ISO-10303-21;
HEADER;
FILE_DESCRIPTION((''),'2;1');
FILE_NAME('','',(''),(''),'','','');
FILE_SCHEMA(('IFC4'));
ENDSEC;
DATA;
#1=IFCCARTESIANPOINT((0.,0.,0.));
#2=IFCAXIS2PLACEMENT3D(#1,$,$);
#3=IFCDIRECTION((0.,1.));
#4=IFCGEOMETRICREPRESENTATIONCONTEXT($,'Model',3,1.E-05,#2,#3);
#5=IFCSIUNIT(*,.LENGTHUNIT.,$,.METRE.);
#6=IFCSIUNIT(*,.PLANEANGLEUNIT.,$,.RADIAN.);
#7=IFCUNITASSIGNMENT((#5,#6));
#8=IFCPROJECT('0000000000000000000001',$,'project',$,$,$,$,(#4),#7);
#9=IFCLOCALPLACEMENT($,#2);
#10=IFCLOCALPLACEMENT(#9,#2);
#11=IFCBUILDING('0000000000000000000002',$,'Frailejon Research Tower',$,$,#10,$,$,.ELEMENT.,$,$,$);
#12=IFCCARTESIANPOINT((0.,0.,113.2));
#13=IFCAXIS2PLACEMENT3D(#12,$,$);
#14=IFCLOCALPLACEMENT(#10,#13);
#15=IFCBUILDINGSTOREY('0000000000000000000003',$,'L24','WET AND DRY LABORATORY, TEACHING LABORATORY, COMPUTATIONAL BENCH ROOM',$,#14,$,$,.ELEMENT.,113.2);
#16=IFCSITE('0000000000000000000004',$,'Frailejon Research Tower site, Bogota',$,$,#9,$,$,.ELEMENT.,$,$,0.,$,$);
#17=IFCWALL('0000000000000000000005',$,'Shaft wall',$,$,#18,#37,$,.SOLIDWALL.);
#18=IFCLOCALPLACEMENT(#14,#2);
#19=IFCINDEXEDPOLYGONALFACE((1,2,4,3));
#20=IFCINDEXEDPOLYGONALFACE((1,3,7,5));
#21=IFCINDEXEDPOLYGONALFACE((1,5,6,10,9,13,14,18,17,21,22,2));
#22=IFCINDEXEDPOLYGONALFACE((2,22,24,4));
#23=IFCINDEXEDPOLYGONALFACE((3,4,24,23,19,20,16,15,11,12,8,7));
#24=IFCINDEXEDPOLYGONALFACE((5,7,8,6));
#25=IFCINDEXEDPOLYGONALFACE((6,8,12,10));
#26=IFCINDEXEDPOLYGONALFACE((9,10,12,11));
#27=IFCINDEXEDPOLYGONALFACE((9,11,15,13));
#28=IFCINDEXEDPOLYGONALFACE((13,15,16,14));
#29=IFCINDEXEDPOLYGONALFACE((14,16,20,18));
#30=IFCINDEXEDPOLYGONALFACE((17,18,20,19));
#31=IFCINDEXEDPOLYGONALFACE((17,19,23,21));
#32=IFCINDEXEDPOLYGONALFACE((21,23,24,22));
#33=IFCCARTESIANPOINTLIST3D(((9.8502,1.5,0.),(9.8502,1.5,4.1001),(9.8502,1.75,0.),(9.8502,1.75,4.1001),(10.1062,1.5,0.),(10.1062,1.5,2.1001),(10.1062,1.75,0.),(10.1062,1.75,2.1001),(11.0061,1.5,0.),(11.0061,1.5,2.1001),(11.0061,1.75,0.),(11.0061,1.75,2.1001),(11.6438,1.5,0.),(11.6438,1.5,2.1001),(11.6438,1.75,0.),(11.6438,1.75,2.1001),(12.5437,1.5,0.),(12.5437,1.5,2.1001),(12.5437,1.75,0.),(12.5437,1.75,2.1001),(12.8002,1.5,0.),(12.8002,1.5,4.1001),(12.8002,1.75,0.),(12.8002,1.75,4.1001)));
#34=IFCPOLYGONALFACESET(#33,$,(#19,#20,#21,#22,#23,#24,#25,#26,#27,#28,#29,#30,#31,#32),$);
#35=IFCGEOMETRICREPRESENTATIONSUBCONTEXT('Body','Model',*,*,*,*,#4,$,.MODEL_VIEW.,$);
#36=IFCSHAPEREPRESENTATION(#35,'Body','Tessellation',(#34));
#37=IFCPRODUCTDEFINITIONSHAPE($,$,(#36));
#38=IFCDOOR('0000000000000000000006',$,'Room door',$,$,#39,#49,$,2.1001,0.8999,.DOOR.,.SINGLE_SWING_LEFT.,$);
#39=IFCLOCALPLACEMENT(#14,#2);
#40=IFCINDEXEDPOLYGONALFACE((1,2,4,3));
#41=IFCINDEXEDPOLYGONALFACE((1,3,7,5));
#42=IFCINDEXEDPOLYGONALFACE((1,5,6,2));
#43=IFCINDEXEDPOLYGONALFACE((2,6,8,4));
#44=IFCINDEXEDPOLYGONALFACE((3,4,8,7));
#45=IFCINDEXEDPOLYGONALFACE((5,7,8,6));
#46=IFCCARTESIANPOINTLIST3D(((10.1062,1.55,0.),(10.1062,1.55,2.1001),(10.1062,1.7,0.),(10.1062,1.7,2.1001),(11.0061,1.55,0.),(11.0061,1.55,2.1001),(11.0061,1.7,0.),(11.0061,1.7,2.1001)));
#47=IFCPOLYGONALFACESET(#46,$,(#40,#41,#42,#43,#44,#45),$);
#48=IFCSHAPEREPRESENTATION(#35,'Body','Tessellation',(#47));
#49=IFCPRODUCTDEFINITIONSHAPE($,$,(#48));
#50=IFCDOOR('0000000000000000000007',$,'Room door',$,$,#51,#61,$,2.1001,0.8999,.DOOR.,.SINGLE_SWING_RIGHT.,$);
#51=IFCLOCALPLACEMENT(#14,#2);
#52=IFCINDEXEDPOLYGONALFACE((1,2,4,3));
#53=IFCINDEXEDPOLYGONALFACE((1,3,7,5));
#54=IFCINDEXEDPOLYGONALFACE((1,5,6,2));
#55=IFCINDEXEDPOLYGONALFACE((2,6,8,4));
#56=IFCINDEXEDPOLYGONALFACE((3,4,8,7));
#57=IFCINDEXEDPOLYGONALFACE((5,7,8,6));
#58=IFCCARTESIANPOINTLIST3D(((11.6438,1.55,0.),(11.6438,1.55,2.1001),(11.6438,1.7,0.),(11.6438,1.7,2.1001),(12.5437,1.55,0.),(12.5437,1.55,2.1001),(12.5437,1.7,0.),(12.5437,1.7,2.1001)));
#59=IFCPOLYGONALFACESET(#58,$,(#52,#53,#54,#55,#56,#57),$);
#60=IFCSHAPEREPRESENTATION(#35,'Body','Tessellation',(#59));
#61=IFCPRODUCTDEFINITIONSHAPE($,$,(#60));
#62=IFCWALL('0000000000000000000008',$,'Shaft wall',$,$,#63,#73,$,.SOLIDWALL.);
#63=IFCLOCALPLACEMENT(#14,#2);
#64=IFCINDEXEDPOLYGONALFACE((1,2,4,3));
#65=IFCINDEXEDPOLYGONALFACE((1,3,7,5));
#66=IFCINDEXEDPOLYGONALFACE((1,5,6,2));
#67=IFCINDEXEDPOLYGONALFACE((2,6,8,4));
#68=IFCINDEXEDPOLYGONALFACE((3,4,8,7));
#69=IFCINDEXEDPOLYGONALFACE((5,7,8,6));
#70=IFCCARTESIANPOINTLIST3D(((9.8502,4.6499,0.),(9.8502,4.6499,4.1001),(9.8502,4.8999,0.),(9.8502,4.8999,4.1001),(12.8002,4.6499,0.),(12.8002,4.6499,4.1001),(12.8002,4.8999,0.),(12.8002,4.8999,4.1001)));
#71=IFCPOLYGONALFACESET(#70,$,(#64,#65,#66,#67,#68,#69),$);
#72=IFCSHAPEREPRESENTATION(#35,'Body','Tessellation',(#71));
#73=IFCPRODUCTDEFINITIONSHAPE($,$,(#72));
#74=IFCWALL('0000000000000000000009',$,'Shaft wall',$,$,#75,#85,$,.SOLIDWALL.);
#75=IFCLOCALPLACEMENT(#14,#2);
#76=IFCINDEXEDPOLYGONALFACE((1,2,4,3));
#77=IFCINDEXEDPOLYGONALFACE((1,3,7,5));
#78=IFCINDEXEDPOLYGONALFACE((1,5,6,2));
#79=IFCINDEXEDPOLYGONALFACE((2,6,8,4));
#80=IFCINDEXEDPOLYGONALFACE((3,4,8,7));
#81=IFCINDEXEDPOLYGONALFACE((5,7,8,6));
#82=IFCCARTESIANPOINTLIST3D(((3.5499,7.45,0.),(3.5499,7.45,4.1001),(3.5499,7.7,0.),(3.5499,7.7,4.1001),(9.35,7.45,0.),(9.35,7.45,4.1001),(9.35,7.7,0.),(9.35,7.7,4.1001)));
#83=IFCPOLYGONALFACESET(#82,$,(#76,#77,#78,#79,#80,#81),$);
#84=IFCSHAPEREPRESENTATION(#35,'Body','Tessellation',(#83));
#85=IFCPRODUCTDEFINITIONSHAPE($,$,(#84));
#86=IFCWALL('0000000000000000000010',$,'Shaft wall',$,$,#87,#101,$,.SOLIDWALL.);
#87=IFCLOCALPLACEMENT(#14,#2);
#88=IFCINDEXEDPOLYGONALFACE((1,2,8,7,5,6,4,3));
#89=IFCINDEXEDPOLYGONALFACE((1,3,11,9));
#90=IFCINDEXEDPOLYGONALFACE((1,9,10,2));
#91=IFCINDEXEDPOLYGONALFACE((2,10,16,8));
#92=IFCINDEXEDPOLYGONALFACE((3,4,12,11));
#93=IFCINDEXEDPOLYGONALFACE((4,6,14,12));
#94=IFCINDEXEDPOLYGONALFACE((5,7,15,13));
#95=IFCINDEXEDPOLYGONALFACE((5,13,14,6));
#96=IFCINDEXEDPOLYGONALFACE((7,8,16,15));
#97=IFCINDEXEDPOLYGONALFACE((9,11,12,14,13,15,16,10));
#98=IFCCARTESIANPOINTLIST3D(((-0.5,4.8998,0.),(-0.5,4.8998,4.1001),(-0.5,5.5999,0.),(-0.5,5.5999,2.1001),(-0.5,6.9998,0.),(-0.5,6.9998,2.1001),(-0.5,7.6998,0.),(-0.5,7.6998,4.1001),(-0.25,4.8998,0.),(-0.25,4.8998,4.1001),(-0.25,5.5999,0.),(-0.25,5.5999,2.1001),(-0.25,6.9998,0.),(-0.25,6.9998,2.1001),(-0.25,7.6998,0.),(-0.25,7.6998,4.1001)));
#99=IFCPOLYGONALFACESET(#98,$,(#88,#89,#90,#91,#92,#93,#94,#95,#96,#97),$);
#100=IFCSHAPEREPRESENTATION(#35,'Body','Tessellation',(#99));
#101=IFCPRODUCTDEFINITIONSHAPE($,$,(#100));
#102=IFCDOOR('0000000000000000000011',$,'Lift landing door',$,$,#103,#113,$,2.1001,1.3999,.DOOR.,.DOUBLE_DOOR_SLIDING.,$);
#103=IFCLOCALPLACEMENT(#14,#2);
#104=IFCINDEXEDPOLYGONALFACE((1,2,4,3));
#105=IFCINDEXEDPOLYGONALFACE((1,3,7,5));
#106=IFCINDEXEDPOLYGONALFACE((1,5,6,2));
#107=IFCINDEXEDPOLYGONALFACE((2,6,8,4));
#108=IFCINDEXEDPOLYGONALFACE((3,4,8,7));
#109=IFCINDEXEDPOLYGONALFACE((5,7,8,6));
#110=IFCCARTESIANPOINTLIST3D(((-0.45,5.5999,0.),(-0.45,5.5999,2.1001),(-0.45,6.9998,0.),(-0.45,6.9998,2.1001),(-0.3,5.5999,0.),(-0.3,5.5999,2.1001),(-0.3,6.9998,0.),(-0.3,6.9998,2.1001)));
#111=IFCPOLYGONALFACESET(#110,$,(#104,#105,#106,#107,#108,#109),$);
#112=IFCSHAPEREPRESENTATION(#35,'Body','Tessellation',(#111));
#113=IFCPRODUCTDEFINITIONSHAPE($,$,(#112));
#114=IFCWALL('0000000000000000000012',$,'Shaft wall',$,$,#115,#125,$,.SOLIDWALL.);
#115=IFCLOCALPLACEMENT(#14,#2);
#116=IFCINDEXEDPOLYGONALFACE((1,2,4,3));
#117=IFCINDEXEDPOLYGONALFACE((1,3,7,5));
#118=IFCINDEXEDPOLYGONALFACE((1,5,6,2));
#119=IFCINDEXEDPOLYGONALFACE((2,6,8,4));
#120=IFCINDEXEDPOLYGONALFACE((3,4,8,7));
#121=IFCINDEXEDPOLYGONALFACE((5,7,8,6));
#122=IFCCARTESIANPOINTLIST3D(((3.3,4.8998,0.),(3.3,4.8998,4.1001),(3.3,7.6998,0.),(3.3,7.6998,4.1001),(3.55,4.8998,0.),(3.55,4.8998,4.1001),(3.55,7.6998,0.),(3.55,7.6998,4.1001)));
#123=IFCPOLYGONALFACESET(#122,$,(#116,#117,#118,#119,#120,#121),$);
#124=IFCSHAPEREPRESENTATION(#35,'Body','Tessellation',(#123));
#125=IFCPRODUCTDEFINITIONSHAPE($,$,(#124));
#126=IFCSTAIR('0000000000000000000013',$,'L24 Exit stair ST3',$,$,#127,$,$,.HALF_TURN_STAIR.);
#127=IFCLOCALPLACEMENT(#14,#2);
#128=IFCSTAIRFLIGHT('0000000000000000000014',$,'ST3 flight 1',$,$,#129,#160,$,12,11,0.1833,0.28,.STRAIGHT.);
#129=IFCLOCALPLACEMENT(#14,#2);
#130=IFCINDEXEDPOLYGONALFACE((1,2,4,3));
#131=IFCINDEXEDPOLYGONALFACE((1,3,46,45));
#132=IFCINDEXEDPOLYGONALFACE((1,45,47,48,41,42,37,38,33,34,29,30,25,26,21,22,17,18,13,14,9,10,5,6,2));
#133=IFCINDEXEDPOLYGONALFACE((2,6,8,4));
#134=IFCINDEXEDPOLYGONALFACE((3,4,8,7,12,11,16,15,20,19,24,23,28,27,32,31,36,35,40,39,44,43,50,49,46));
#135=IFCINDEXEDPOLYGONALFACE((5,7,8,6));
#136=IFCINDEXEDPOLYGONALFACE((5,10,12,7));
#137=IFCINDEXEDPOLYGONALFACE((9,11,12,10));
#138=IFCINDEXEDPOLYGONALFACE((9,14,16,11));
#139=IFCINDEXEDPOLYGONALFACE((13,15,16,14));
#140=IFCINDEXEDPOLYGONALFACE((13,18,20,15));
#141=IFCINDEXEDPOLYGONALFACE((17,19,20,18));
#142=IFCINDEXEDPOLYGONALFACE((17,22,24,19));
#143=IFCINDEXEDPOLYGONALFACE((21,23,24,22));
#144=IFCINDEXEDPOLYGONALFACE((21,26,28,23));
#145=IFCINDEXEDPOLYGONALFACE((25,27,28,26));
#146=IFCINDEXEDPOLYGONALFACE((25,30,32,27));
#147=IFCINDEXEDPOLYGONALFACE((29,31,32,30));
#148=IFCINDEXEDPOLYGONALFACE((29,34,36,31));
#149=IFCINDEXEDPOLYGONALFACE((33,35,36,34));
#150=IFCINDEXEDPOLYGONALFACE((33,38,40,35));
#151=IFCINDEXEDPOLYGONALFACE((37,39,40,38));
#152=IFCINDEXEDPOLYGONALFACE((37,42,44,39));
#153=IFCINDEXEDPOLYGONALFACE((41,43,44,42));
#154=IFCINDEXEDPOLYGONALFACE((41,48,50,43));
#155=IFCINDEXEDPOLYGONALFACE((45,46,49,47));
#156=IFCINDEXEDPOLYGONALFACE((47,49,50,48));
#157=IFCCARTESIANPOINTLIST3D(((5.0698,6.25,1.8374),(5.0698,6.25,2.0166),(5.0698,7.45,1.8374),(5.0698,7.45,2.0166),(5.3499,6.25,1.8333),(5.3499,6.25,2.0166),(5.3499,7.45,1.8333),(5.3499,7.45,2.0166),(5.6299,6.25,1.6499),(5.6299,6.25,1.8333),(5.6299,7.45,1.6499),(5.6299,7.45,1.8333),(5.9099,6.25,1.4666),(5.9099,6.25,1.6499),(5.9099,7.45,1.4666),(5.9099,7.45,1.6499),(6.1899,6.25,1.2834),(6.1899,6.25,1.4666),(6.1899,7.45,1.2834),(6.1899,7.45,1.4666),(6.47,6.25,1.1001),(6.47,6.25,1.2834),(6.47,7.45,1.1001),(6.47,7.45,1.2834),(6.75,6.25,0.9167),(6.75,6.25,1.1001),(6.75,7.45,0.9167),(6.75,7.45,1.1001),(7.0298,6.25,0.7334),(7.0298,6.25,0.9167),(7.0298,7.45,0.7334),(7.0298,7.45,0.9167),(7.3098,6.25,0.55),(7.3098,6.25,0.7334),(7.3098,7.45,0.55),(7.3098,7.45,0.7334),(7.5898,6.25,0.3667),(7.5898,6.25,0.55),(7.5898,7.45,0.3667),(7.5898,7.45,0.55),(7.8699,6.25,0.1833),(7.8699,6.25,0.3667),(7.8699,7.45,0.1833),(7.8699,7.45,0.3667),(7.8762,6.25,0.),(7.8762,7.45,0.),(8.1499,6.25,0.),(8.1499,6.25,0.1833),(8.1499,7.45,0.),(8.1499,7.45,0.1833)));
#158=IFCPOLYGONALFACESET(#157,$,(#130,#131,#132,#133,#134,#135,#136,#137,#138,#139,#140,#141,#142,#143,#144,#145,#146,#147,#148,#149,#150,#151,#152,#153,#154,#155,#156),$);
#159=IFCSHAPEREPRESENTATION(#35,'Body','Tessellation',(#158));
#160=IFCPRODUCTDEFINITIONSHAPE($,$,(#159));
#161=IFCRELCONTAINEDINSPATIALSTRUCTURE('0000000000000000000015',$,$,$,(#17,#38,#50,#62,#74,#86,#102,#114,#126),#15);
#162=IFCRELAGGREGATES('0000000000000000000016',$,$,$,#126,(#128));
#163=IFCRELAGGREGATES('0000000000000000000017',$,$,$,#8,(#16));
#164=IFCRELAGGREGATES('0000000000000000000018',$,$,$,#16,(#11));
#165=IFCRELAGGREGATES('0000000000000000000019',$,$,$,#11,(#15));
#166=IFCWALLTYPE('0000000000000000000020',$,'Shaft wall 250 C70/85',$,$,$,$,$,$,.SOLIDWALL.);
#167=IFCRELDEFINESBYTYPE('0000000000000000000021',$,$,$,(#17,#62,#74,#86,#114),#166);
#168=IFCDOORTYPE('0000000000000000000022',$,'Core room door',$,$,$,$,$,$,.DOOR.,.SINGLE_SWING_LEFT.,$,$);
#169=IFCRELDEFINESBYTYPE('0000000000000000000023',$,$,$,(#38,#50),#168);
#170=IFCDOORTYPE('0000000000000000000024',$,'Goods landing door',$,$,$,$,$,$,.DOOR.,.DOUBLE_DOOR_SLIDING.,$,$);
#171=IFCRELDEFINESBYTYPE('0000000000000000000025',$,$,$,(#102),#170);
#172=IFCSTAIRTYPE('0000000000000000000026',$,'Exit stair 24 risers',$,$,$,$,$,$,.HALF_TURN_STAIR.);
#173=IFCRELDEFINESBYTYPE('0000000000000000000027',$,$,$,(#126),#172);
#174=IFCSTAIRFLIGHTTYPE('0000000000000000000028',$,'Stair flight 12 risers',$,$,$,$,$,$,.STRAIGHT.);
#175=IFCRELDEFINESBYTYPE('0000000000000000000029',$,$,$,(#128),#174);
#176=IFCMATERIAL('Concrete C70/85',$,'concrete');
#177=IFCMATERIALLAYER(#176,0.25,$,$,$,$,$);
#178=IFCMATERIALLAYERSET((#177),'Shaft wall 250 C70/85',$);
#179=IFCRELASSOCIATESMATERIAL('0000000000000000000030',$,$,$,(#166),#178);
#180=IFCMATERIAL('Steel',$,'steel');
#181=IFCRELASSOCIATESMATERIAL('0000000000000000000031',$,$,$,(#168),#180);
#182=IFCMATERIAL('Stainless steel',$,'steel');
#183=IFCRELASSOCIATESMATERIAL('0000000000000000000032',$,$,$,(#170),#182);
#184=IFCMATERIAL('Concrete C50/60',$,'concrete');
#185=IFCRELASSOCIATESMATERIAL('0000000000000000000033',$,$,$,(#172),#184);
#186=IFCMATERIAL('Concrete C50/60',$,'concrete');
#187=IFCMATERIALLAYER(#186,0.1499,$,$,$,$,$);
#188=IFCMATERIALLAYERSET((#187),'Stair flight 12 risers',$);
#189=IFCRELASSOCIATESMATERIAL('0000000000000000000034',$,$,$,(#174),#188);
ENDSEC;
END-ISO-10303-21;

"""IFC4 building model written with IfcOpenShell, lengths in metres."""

from ifc_helpers import new_model, si_unit, direction, frame, frame_2d, origin, place, context, subcontext, project, spatial, polyline, rectangle, outline, extrude, material, layer, layer_set, type_object, element, fill, aggregate, save


model = new_model("IFC4")

# Units and contexts
model_context = context("Model", 3, precision=1e-05, world=origin(), true_north=direction((0.0, 1.0)))
body_context = subcontext(model_context, "Body", "Model", "MODEL_VIEW")
ifc_project = project(units=[si_unit("LENGTHUNIT", "METRE"), si_unit("PLANEANGLEUNIT", "RADIAN")], contexts=[model_context])

# Site, building, storey
site_placement = place(None, origin())
site = spatial("IfcSite", under=ifc_project, at=site_placement, Name="Frailejon Research Tower site, Bogota", CompositionType="ELEMENT", RefElevation=0.0)
building_placement = place(site_placement, origin())
building = spatial("IfcBuilding", under=site, at=building_placement, Name="Frailejon Research Tower", CompositionType="ELEMENT")
storey_placement = place(building_placement, frame((0.0, 0.0, 113.2)))
storey = spatial("IfcBuildingStorey", under=building, at=storey_placement, Name="L24", Description="WET AND DRY LABORATORY, TEACHING LABORATORY, COMPUTATIONAL BENCH ROOM", CompositionType="ELEMENT", Elevation=113.2)

# Wall, openings, doors
ifc_material_1 = material(Name="Concrete C70/85", Category="concrete")
ifc_layer_1 = layer(ifc_material_1, 0.25)
ifc_layer_set_1 = layer_set([ifc_layer_1], Name="Shaft wall 250 C70/85")
wall_type_1 = type_object("IfcWallType", Name="Shaft wall 250 C70/85", PredefinedType="SOLIDWALL", material=ifc_layer_set_1)
wall_1_placement = place(storey_placement, frame((9.8501, 1.625, 0.0), z_axis=(0.0, 0.0, 1.0), x_axis=(1.0, 0.0, 0.0)))
wall_1 = element("IfcWall", 1, at=wall_1_placement, inside=storey, type_object=wall_type_1, Name="Shaft wall", PredefinedType="SOLIDWALL", context=body_context, shape_type="SweptSolid", body=[
    extrude(rectangle(XDim=2.95, YDim=0.25, at=frame_2d((1.4751, 0.0))), origin(), (0.0, 0.0, 1.0), 4.1001),
])
opening_1_placement = place(wall_1_placement, frame((0.2561, 0.0, 0.0)))
opening_1 = element("IfcOpeningElement", 2, at=opening_1_placement, cuts=wall_1, PredefinedType="OPENING", context=body_context, shape_type="SweptSolid", body=[
    extrude(rectangle(XDim=0.8999, YDim=2.1001, at=frame_2d((0.45, 1.05))), frame((0.0, 0.135, 0.0), z_axis=(0.0, -1.0, 0.0), x_axis=(1.0, 0.0, 0.0)), (0.0, 0.0, 1.0), 0.27),
])
opening_2_placement = place(wall_1_placement, frame((1.7937, 0.0, 0.0)))
opening_2 = element("IfcOpeningElement", 3, at=opening_2_placement, cuts=wall_1, PredefinedType="OPENING", context=body_context, shape_type="SweptSolid", body=[
    extrude(rectangle(XDim=0.8999, YDim=2.1001, at=frame_2d((0.45, 1.05))), frame((0.0, 0.135, 0.0), z_axis=(0.0, -1.0, 0.0), x_axis=(1.0, 0.0, 0.0)), (0.0, 0.0, 1.0), 0.27),
])
ifc_material_2 = material(Name="Steel", Category="steel")
door_type_1 = type_object("IfcDoorType", Name="Core room door", OperationType="SINGLE_SWING_LEFT", PredefinedType="DOOR", material=ifc_material_2)
door_1_placement = place(opening_1_placement, origin())
door_1 = element("IfcDoor", 4, at=door_1_placement, inside=storey, type_object=door_type_1, Name="Room door", OperationType="SINGLE_SWING_LEFT", OverallHeight=2.1001, OverallWidth=0.8999, PredefinedType="DOOR", context=body_context, shape_type="SweptSolid", body=[
    extrude(rectangle(XDim=0.8999, YDim=2.1001, at=frame_2d((0.45, 1.05))), frame((0.0, 0.075, 0.0), z_axis=(0.0, -1.0, 0.0), x_axis=(1.0, 0.0, 0.0)), (0.0, 0.0, 1.0), 0.1499),
])
fill(opening_1, door_1)
door_2_placement = place(opening_2_placement, origin())
door_2 = element("IfcDoor", 5, at=door_2_placement, inside=storey, type_object=door_type_1, Name="Room door", OperationType="SINGLE_SWING_RIGHT", OverallHeight=2.1001, OverallWidth=0.8999, PredefinedType="DOOR", context=body_context, shape_type="SweptSolid", body=[
    extrude(rectangle(XDim=0.8999, YDim=2.1001, at=frame_2d((0.45, 1.05))), frame((0.0, 0.075, 0.0), z_axis=(0.0, -1.0, 0.0), x_axis=(1.0, 0.0, 0.0)), (0.0, 0.0, 1.0), 0.1499),
])
fill(opening_2, door_2)

# Walls
wall_2_placement = place(storey_placement, frame((9.8501, 4.7749, 0.0), z_axis=(0.0, 0.0, 1.0), x_axis=(1.0, 0.0, 0.0)))
element("IfcWall", 6, at=wall_2_placement, inside=storey, type_object=wall_type_1, Name="Shaft wall", PredefinedType="SOLIDWALL", context=body_context, shape_type="SweptSolid", body=[
    extrude(rectangle(XDim=2.95, YDim=0.25, at=frame_2d((1.4751, 0.0))), origin(), (0.0, 0.0, 1.0), 4.1001),
])
wall_3_placement = place(storey_placement, frame((3.55, 7.575, 0.0), z_axis=(0.0, 0.0, 1.0), x_axis=(1.0, 0.0, 0.0)))
element("IfcWall", 7, at=wall_3_placement, inside=storey, type_object=wall_type_1, Name="Shaft wall", PredefinedType="SOLIDWALL", context=body_context, shape_type="SweptSolid", body=[
    extrude(rectangle(XDim=5.8, YDim=0.25, at=frame_2d((2.8999, 0.0))), origin(), (0.0, 0.0, 1.0), 4.1001),
])

# Wall, opening, door
wall_4_placement = place(storey_placement, frame((-0.375, 4.8999, 0.0), z_axis=(0.0, 0.0, 1.0), x_axis=(0.0, 1.0, 0.0)))
wall_4 = element("IfcWall", 8, at=wall_4_placement, inside=storey, type_object=wall_type_1, Name="Shaft wall", PredefinedType="SOLIDWALL", context=body_context, shape_type="SweptSolid", body=[
    extrude(rectangle(XDim=2.8, YDim=0.25, at=frame_2d((1.3999, 0.0))), origin(), (0.0, 0.0, 1.0), 4.1001),
])
opening_3_placement = place(wall_4_placement, frame((0.7, 0.0, 0.0)))
opening_3 = element("IfcOpeningElement", 9, at=opening_3_placement, cuts=wall_4, PredefinedType="OPENING", context=body_context, shape_type="SweptSolid", body=[
    extrude(rectangle(XDim=1.3999, YDim=2.1001, at=frame_2d((0.7, 1.05))), frame((0.0, 0.135, 0.0), z_axis=(0.0, -1.0, 0.0), x_axis=(1.0, 0.0, 0.0)), (0.0, 0.0, 1.0), 0.27),
])
ifc_material_3 = material(Name="Stainless steel", Category="steel")
door_type_2 = type_object("IfcDoorType", Name="Goods landing door", OperationType="DOUBLE_DOOR_SLIDING", PredefinedType="DOOR", material=ifc_material_3)
door_3_placement = place(opening_3_placement, origin())
door_3 = element("IfcDoor", 10, at=door_3_placement, inside=storey, type_object=door_type_2, Name="Lift landing door", OperationType="DOUBLE_DOOR_SLIDING", OverallHeight=2.1001, OverallWidth=1.3999, PredefinedType="DOOR", context=body_context, shape_type="SweptSolid", body=[
    extrude(rectangle(XDim=1.3999, YDim=2.1001, at=frame_2d((0.7, 1.05))), frame((0.0, 0.075, 0.0), z_axis=(0.0, -1.0, 0.0), x_axis=(1.0, 0.0, 0.0)), (0.0, 0.0, 1.0), 0.1499),
])
fill(opening_3, door_3)

# Wall
wall_5_placement = place(storey_placement, frame((3.425, 4.8999, 0.0), z_axis=(0.0, 0.0, 1.0), x_axis=(0.0, 1.0, 0.0)))
element("IfcWall", 11, at=wall_5_placement, inside=storey, type_object=wall_type_1, Name="Shaft wall", PredefinedType="SOLIDWALL", context=body_context, shape_type="SweptSolid", body=[
    extrude(rectangle(XDim=2.8, YDim=0.25, at=frame_2d((1.3999, 0.0))), origin(), (0.0, 0.0, 1.0), 4.1001),
])

# Stair, stair flight
ifc_material_4 = material(Name="Concrete C50/60", Category="concrete")
stair_type = type_object("IfcStairType", Name="Exit stair 24 risers", PredefinedType="HALF_TURN_STAIR", material=ifc_material_4)
stair_placement = place(storey_placement, origin())
stair = element("IfcStair", 12, at=stair_placement, inside=storey, type_object=stair_type, Name="L24 Exit stair ST3", PredefinedType="HALF_TURN_STAIR")
ifc_material_5 = material(Name="Concrete C50/60", Category="concrete")
ifc_layer_2 = layer(ifc_material_5, 0.1499)
ifc_layer_set_2 = layer_set([ifc_layer_2], Name="Stair flight 12 risers")
stair_flight_type = type_object("IfcStairFlightType", Name="Stair flight 12 risers", PredefinedType="STRAIGHT", material=ifc_layer_set_2)
stair_flight_1_placement = place(storey_placement, frame((8.1499, 6.8501, 0.0), z_axis=(0.0, 0.0, 1.0), x_axis=(-1.0, 0.0, 0.0)))
stair_flight_1 = element("IfcStairFlight", 13, at=stair_flight_1_placement, type_object=stair_flight_type, Name="ST3 flight 1", NumberOfRisers=12, NumberOfTreads=11, PredefinedType="STRAIGHT", RiserHeight=0.1833, TreadLength=0.28, context=body_context, shape_type="SweptSolid", body=[
    extrude(outline(polyline([(0.0, 0.0), (0.0, 0.1833), (0.28, 0.1833), (0.28, 0.3667), (0.5601, 0.3667), (0.5601, 0.55), (0.8401, 0.55), (0.8401, 0.7334), (1.1201, 0.7334), (1.1201, 0.9167), (1.3999, 0.9167), (1.3999, 1.1001), (1.6799, 1.1001), (1.6799, 1.2834), (1.96, 1.2834), (1.96, 1.4666), (2.24, 1.4666), (2.24, 1.6499), (2.52, 1.6499), (2.52, 1.8333), (2.8, 1.8333), (2.8, 2.0166), (3.0801, 2.0166), (3.0801, 2.2), (3.0801, 1.8374), (0.2737, 0.0), (0.0, 0.0)])), frame((0.0, 0.6001, 0.0), z_axis=(0.0, -1.0, 0.0), x_axis=(1.0, 0.0, 0.0)), (0.0, 0.0, 1.0), 1.2),
])
aggregate(stair, [stair_flight_1])

save(model, "model.ifc")
